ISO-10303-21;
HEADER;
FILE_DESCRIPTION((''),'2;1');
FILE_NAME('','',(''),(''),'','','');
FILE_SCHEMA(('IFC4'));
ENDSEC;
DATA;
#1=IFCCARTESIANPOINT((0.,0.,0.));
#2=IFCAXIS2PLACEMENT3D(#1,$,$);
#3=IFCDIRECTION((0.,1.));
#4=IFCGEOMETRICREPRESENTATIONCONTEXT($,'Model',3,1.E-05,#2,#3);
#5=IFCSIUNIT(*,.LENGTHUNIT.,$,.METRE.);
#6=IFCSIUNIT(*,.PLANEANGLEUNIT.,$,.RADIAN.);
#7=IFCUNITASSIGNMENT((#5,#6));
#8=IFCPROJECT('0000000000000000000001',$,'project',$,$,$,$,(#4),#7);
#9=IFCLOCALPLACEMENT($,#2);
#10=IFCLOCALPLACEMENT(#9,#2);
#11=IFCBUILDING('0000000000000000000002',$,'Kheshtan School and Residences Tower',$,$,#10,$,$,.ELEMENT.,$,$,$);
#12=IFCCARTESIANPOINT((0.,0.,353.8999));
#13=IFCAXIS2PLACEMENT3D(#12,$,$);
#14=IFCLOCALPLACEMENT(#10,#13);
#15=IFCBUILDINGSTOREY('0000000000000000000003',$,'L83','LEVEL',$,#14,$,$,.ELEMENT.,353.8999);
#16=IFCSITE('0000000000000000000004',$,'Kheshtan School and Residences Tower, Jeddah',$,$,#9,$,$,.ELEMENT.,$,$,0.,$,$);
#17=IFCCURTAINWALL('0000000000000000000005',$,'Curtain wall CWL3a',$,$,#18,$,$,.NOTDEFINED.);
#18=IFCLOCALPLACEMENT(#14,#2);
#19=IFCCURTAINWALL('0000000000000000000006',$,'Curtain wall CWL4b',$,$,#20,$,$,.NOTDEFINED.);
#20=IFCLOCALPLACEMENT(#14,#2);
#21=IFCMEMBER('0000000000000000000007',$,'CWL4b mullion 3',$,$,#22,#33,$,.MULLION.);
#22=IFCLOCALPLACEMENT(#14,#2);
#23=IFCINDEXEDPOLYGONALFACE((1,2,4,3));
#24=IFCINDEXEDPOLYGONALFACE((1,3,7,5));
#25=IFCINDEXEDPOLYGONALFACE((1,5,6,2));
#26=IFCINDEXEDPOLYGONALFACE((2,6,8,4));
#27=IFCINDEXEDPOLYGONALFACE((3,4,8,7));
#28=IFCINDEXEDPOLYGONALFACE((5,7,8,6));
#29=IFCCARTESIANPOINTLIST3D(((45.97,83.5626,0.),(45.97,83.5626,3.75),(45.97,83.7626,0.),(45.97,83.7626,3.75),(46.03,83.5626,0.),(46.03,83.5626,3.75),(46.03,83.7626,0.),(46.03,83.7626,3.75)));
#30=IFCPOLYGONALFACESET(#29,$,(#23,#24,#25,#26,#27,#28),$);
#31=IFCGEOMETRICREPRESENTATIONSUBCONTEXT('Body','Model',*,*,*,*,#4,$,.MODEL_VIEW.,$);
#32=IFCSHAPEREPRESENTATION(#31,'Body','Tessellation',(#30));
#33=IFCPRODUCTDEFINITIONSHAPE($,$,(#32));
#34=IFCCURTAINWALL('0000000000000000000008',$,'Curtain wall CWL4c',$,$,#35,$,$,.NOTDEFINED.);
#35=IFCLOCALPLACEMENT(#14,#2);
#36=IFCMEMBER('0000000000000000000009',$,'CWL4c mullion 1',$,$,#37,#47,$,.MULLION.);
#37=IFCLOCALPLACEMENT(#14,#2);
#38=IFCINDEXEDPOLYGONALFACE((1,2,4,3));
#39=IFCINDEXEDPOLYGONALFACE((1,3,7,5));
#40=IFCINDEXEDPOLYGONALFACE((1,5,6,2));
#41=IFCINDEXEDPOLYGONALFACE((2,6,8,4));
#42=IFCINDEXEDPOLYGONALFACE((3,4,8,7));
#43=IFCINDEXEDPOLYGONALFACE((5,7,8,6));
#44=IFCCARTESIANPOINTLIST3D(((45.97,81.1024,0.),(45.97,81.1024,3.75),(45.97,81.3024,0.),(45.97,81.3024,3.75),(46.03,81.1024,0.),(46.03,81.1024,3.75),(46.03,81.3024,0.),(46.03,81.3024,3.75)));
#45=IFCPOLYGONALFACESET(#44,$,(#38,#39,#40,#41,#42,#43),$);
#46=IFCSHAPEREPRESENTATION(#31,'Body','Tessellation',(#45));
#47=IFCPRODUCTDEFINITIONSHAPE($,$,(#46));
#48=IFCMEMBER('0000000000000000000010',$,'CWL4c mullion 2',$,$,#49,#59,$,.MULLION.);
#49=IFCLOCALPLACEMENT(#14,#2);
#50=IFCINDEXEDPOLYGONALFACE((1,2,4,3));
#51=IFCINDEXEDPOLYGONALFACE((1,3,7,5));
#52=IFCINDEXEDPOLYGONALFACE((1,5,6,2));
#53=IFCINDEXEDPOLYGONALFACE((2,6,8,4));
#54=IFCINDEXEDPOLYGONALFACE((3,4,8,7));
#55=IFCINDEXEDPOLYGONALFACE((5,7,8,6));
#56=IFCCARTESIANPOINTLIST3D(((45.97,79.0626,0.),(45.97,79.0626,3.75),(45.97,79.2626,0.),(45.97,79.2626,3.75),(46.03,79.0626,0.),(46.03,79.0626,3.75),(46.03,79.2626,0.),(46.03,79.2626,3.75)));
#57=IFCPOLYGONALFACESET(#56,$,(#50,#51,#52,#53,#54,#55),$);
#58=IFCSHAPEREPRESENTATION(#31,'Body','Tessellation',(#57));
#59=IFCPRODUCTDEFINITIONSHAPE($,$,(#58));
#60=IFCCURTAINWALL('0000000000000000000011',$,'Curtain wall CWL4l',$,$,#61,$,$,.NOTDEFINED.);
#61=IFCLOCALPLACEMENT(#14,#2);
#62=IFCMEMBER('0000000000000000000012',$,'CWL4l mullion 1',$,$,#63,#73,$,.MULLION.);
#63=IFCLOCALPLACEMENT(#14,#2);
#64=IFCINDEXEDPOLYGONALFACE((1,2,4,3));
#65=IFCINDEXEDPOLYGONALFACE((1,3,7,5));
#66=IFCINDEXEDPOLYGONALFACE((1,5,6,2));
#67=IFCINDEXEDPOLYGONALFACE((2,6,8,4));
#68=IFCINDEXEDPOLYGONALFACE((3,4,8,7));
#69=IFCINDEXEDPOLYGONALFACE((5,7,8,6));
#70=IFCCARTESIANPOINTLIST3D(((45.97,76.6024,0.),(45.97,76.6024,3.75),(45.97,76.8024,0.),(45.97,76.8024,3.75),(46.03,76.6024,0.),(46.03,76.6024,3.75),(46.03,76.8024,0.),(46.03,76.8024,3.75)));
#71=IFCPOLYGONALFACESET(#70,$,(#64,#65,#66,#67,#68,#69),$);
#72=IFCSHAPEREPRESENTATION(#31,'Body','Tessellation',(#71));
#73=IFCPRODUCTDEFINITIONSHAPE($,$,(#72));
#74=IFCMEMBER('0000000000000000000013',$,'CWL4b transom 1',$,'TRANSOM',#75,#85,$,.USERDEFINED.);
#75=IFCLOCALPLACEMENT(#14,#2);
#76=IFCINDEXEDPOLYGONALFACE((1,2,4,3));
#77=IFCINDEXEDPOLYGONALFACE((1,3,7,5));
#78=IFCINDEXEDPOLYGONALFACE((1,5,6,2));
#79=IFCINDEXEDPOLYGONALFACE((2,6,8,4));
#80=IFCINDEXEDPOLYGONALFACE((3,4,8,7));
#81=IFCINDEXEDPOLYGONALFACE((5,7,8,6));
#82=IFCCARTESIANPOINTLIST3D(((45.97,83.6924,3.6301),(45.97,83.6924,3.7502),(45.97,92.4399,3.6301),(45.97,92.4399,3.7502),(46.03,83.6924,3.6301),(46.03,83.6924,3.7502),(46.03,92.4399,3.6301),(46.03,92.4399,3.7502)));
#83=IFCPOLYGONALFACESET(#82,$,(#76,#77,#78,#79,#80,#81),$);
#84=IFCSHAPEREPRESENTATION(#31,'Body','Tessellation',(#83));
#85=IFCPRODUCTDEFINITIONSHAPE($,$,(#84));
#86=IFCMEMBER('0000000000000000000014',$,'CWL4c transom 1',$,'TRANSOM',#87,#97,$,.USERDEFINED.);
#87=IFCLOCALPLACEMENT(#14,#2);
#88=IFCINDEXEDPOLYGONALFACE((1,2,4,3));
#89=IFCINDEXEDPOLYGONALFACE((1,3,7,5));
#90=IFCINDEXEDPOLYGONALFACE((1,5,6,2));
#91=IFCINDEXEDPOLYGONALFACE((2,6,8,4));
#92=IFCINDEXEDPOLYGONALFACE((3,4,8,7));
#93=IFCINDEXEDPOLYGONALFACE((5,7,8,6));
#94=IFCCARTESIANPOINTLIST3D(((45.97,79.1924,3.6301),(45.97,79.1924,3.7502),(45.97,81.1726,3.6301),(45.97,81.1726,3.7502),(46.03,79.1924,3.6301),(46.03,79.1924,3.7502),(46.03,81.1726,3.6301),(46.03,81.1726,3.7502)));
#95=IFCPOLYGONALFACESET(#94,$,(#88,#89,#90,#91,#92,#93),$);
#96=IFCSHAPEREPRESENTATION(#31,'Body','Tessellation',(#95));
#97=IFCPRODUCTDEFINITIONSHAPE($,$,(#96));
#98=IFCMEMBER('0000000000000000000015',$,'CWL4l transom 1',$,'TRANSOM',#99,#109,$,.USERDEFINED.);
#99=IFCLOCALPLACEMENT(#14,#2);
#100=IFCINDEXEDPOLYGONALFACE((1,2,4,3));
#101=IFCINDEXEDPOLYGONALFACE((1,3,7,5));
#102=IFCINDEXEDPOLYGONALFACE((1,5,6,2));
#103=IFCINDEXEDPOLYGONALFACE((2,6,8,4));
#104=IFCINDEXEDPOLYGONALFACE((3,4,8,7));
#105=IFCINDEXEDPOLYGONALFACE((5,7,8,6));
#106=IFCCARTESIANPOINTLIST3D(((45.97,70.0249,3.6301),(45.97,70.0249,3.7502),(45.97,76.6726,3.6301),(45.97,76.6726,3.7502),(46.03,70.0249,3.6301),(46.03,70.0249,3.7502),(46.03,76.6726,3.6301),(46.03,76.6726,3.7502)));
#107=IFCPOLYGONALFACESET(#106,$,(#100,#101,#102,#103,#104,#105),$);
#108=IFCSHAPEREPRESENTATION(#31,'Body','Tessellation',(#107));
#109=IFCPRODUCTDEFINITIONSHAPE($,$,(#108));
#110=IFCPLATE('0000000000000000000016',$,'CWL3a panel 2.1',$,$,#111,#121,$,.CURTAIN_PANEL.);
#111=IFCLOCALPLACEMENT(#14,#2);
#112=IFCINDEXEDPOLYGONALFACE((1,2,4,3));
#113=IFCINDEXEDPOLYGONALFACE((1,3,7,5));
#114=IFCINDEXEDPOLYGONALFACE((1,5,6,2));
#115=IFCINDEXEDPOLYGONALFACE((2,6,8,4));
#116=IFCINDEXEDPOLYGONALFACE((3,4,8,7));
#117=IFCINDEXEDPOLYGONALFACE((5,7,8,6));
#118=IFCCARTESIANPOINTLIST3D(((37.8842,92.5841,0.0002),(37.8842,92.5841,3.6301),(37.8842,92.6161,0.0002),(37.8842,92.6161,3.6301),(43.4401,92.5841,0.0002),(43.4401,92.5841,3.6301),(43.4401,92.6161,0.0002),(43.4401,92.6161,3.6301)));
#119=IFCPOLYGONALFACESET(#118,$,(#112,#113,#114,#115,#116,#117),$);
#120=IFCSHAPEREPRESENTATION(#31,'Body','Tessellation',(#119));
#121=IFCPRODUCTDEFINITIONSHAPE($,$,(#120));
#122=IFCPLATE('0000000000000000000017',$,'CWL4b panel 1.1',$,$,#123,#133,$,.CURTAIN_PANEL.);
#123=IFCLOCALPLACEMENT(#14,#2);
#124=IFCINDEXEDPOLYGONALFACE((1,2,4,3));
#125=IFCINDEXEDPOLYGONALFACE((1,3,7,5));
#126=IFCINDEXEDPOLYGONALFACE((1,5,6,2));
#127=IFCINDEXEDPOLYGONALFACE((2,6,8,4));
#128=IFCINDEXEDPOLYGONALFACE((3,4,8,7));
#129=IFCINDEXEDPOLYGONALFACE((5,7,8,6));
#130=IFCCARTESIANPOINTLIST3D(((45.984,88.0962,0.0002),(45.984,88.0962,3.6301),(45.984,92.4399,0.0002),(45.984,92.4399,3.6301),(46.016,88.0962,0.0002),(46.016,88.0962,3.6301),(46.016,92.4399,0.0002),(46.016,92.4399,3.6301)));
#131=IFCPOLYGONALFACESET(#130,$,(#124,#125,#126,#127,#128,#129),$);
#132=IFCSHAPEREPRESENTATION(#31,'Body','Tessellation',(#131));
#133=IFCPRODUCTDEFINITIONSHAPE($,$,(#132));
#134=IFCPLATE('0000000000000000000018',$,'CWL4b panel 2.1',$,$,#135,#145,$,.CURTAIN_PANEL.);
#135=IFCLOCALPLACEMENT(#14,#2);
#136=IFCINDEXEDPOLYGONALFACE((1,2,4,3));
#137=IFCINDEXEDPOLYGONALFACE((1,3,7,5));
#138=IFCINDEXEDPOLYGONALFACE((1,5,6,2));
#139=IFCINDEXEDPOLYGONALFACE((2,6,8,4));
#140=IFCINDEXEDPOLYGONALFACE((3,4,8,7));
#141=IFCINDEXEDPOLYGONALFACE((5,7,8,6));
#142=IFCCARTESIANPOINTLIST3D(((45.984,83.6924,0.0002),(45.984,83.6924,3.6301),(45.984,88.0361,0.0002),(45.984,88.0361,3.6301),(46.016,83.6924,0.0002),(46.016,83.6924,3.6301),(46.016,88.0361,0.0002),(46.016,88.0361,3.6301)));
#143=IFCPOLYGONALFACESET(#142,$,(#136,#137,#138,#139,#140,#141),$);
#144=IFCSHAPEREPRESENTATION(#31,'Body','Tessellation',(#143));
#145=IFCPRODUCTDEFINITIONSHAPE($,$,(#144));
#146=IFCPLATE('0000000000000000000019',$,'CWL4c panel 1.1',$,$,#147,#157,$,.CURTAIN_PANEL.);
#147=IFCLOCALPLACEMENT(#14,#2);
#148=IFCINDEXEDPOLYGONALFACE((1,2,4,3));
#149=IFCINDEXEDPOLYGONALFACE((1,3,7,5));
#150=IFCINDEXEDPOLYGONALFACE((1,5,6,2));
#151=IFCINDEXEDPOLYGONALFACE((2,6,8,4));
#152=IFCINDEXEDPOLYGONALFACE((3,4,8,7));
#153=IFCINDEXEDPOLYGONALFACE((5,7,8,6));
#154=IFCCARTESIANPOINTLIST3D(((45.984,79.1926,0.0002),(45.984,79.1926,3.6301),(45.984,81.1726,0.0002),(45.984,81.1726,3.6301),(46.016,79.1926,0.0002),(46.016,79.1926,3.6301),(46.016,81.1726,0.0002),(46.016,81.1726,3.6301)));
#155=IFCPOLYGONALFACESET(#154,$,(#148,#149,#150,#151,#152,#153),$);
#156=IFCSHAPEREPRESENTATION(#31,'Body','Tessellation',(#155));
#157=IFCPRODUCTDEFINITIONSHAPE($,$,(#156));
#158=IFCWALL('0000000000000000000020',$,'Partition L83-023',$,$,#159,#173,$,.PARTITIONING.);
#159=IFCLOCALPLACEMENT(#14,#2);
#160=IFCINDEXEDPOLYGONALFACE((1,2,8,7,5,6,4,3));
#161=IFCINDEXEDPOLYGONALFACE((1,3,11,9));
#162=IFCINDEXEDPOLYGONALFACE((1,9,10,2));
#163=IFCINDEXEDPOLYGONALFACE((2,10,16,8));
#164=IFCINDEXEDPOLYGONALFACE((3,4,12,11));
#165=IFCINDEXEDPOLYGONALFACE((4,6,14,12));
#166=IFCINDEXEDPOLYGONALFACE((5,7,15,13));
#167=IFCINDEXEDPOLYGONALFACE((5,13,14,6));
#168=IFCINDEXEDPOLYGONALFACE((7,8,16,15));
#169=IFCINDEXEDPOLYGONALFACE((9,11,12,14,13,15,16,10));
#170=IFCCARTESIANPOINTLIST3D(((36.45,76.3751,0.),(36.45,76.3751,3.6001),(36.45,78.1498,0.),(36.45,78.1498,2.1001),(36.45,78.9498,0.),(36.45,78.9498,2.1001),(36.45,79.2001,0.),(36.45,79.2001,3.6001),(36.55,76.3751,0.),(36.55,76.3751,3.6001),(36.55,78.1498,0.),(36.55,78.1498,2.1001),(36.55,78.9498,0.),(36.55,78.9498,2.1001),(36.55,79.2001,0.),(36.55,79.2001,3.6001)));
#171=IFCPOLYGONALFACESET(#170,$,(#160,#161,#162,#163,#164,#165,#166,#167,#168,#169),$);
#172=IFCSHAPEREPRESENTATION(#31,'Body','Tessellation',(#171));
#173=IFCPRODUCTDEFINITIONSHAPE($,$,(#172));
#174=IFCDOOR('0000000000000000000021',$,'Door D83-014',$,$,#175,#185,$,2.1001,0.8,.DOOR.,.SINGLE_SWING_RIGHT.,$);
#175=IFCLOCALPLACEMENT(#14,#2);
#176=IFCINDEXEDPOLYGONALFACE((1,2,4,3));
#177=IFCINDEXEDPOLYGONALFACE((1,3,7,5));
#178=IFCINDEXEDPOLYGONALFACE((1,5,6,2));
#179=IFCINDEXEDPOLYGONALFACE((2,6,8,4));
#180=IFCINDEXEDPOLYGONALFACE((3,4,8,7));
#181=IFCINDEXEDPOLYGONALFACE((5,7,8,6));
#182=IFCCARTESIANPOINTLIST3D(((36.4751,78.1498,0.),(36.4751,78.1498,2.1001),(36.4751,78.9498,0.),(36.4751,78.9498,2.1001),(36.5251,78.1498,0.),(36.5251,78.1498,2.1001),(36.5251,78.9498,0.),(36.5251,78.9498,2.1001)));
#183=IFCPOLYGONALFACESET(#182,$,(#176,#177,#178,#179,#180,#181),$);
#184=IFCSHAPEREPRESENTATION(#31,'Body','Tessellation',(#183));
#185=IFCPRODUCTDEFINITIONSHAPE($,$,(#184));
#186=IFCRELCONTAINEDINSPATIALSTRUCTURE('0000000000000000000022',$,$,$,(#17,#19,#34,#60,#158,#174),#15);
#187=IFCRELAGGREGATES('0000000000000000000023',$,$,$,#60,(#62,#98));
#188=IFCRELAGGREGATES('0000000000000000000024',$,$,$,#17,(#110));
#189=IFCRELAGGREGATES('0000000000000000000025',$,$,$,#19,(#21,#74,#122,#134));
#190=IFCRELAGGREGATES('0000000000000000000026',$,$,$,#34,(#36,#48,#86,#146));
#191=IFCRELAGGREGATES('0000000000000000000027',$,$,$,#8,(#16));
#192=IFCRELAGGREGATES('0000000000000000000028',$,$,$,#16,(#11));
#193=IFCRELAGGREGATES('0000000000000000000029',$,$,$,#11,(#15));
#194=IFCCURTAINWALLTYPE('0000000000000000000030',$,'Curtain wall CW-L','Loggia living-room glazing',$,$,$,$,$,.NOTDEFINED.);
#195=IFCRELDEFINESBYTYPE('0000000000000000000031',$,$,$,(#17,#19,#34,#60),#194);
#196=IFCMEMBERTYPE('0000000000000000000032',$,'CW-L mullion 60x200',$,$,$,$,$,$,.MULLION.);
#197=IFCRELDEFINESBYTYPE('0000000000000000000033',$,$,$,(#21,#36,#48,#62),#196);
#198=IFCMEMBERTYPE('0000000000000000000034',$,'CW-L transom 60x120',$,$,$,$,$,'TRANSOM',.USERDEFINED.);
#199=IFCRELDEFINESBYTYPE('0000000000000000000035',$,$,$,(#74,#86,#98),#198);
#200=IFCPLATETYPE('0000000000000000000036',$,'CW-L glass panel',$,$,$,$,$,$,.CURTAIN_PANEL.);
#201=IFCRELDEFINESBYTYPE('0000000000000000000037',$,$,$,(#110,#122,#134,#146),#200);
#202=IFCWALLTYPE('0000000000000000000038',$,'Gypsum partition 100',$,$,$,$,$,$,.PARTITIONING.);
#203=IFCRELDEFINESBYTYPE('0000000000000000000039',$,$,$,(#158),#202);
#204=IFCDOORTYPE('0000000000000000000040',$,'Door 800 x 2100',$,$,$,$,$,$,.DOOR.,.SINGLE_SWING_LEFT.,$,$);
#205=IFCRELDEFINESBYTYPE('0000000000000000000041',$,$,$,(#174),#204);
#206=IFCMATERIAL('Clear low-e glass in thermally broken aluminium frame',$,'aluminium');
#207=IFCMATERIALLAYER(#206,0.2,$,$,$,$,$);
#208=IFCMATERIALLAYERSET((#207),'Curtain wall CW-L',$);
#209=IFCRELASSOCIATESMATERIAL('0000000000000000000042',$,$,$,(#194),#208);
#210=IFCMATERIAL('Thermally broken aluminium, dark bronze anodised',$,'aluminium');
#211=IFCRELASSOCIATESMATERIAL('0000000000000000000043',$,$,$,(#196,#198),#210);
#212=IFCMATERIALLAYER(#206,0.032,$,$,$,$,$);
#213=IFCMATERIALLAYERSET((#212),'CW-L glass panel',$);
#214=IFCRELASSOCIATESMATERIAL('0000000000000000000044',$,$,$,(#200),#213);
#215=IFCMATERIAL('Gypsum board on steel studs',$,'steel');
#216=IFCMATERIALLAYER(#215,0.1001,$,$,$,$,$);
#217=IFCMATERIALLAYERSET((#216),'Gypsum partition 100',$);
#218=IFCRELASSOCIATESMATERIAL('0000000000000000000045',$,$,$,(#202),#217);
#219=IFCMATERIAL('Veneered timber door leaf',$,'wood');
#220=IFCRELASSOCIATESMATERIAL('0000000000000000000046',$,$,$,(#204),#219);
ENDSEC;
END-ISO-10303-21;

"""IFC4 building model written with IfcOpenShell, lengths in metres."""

from ifc_helpers import new_model, si_unit, direction, frame, frame_2d, origin, origin_2d, place, context, subcontext, project, spatial, rectangle, extrude, source, transform, mapped, material, layer, layer_set, material_profile, profile_set, type_object, element, fill, aggregate, save


model = new_model("IFC4")

# Units and contexts
model_context = context("Model", 3, precision=1e-05, world=origin(), true_north=direction((0.0, 1.0)))
body_context = subcontext(model_context, "Body", "Model", "MODEL_VIEW")
ifc_project = project(units=[si_unit("LENGTHUNIT", "METRE"), si_unit("PLANEANGLEUNIT", "RADIAN")], contexts=[model_context])

# Site, building, storey
site_placement = place(None, origin())
site = spatial("IfcSite", under=ifc_project, at=site_placement, Name="Kheshtan School and Residences Tower, Jeddah", CompositionType="ELEMENT", RefElevation=0.0)
building_placement = place(site_placement, origin())
building = spatial("IfcBuilding", under=site, at=building_placement, Name="Kheshtan School and Residences Tower", CompositionType="ELEMENT")
storey_placement = place(building_placement, frame((0.0, 0.0, 353.8999)))
storey = spatial("IfcBuildingStorey", under=building, at=storey_placement, Name="L83", Description="LEVEL", CompositionType="ELEMENT", Elevation=353.8999)

# Curtain walls, members
ifc_material_1 = material(Name="Clear low-e glass in thermally broken aluminium frame", Category="aluminium")
ifc_layer_1 = layer(ifc_material_1, 0.2)
ifc_layer_set_1 = layer_set([ifc_layer_1], Name="Curtain wall CW-L")
curtain_wall_type = type_object("IfcCurtainWallType", Name="Curtain wall CW-L", Description="Loggia living-room glazing", PredefinedType="NOTDEFINED", material=ifc_layer_set_1)
curtain_wall_1_placement = place(storey_placement, origin())
curtain_wall_1 = element("IfcCurtainWall", 1, at=curtain_wall_1_placement, inside=storey, type_object=curtain_wall_type, Name="Curtain wall CWL3a", PredefinedType="NOTDEFINED")
ifc_material_2 = material(Name="Thermally broken aluminium, dark bronze anodised", Category="aluminium")
ifc_material_profile_1 = material_profile(ifc_material_2, rectangle(XDim=0.0601, YDim=0.2, at=origin_2d()), Name="CW-L mullion 60x200")
ifc_profile_set_1 = profile_set([ifc_material_profile_1], Name="Thermally broken aluminium, dark bronze anodised")
member_type_1 = type_object("IfcMemberType", Name="CW-L mullion 60x200", PredefinedType="MULLION", material=ifc_profile_set_1)
curtain_wall_2_placement = place(storey_placement, origin())
curtain_wall_2 = element("IfcCurtainWall", 2, at=curtain_wall_2_placement, inside=storey, type_object=curtain_wall_type, Name="Curtain wall CWL4b", PredefinedType="NOTDEFINED")
member_1_placement = place(storey_placement, frame((46.0, 83.6626, 0.0), z_axis=(0.0, 0.0, 1.0), x_axis=(1.0, 0.0, 0.0)))
member_1 = element("IfcMember", 3, at=member_1_placement, type_object=member_type_1, Name="CWL4b mullion 3", PredefinedType="MULLION", context=body_context, shape_type="SweptSolid", body=[
    extrude(rectangle(XDim=0.0601, YDim=0.2, at=origin_2d()), origin(), (0.0, 0.0, 1.0), 3.75),
])
curtain_wall_3_placement = place(storey_placement, origin())
curtain_wall_3 = element("IfcCurtainWall", 4, at=curtain_wall_3_placement, inside=storey, type_object=curtain_wall_type, Name="Curtain wall CWL4c", PredefinedType="NOTDEFINED")
member_2_placement = place(storey_placement, frame((46.0, 81.2024, 0.0), z_axis=(0.0, 0.0, 1.0), x_axis=(1.0, 0.0, 0.0)))
member_2 = element("IfcMember", 5, at=member_2_placement, type_object=member_type_1, Name="CWL4c mullion 1", PredefinedType="MULLION", context=body_context, shape_type="SweptSolid", body=[
    extrude(rectangle(XDim=0.0601, YDim=0.2, at=origin_2d()), origin(), (0.0, 0.0, 1.0), 3.75),
])
member_3_placement = place(storey_placement, frame((46.0, 79.1626, 0.0), z_axis=(0.0, 0.0, 1.0), x_axis=(1.0, 0.0, 0.0)))
member_3 = element("IfcMember", 6, at=member_3_placement, type_object=member_type_1, Name="CWL4c mullion 2", PredefinedType="MULLION", context=body_context, shape_type="SweptSolid", body=[
    extrude(rectangle(XDim=0.0601, YDim=0.2, at=origin_2d()), origin(), (0.0, 0.0, 1.0), 3.75),
])

# Curtain wall, member
curtain_wall_4_placement = place(storey_placement, origin())
curtain_wall_4 = element("IfcCurtainWall", 7, at=curtain_wall_4_placement, inside=storey, type_object=curtain_wall_type, Name="Curtain wall CWL4l", PredefinedType="NOTDEFINED")
member_4_placement = place(storey_placement, frame((46.0, 76.7024, 0.0), z_axis=(0.0, 0.0, 1.0), x_axis=(1.0, 0.0, 0.0)))
member_4 = element("IfcMember", 8, at=member_4_placement, type_object=member_type_1, Name="CWL4l mullion 1", PredefinedType="MULLION", context=body_context, shape_type="SweptSolid", body=[
    extrude(rectangle(XDim=0.0601, YDim=0.2, at=origin_2d()), origin(), (0.0, 0.0, 1.0), 3.75),
])

# Members
ifc_material_profile_2 = material_profile(ifc_material_2, rectangle(XDim=0.0601, YDim=0.1201, at=origin_2d()), Name="CW-L transom 60x120")
ifc_profile_set_2 = profile_set([ifc_material_profile_2], Name="Thermally broken aluminium, dark bronze anodised")
member_type_2 = type_object("IfcMemberType", Name="CW-L transom 60x120", ElementType="TRANSOM", PredefinedType="USERDEFINED", material=ifc_profile_set_2)
member_5_placement = place(storey_placement, frame((46.0, 92.4399, 3.6902), z_axis=(0.0, -1.0, 0.0), x_axis=(1.0, 0.0, 0.0)))
member_5 = element("IfcMember", 9, at=member_5_placement, type_object=member_type_2, Name="CWL4b transom 1", ObjectType="TRANSOM", PredefinedType="USERDEFINED", context=body_context, shape_type="SweptSolid", body=[
    extrude(rectangle(XDim=0.0601, YDim=0.1201, at=origin_2d()), origin(), (0.0, 0.0, 1.0), 8.7476),
])
member_6_placement = place(storey_placement, frame((46.0, 81.1726, 3.6902), z_axis=(0.0, -1.0, 0.0), x_axis=(1.0, 0.0, 0.0)))
member_6 = element("IfcMember", 10, at=member_6_placement, type_object=member_type_2, Name="CWL4c transom 1", ObjectType="TRANSOM", PredefinedType="USERDEFINED", context=body_context, shape_type="SweptSolid", body=[
    extrude(rectangle(XDim=0.0601, YDim=0.1201, at=origin_2d()), origin(), (0.0, 0.0, 1.0), 1.9802),
])
member_7_placement = place(storey_placement, frame((46.0, 76.6726, 3.6902), z_axis=(0.0, -1.0, 0.0), x_axis=(1.0, 0.0, 0.0)))
member_7 = element("IfcMember", 11, at=member_7_placement, type_object=member_type_2, Name="CWL4l transom 1", ObjectType="TRANSOM", PredefinedType="USERDEFINED", context=body_context, shape_type="SweptSolid", body=[
    extrude(rectangle(XDim=0.0601, YDim=0.1201, at=origin_2d()), origin(), (0.0, 0.0, 1.0), 6.6477),
])
aggregate(curtain_wall_4, [member_4, member_7])

# Plates
ifc_layer_2 = layer(ifc_material_1, 0.032)
ifc_layer_set_2 = layer_set([ifc_layer_2], Name="CW-L glass panel")
plate_type = type_object("IfcPlateType", Name="CW-L glass panel", PredefinedType="CURTAIN_PANEL", material=ifc_layer_set_2)
plate_1_placement = place(storey_placement, frame((40.6621, 92.6001, 0.0002), z_axis=(0.0, 0.0, 1.0), x_axis=(1.0, 0.0, 0.0)))
plate_1 = element("IfcPlate", 12, at=plate_1_placement, type_object=plate_type, Name="CWL3a panel 2.1", PredefinedType="CURTAIN_PANEL", context=body_context, shape_type="SweptSolid", body=[
    extrude(rectangle(XDim=5.5559, YDim=0.032, at=origin_2d()), origin(), (0.0, 0.0, 1.0), 3.6299),
])
aggregate(curtain_wall_1, [plate_1])
plate_2_placement = place(storey_placement, frame((46.0, 90.2681, 0.0002), z_axis=(0.0, 0.0, 1.0), x_axis=(0.0, -1.0, 0.0)))
plate_2 = element("IfcPlate", 13, at=plate_2_placement, type_object=plate_type, Name="CWL4b panel 1.1", PredefinedType="CURTAIN_PANEL", context=body_context, shape_type="SweptSolid", body=[
    extrude(rectangle(XDim=4.3438, YDim=0.032, at=origin_2d()), origin(), (0.0, 0.0, 1.0), 3.6299),
])
plate_3_placement = place(storey_placement, frame((46.0, 85.8643, 0.0002), z_axis=(0.0, 0.0, 1.0), x_axis=(0.0, -1.0, 0.0)))
plate_3 = element("IfcPlate", 14, at=plate_3_placement, type_object=plate_type, Name="CWL4b panel 2.1", PredefinedType="CURTAIN_PANEL", context=body_context, shape_type="SweptSolid", body=[
    extrude(rectangle(XDim=4.3438, YDim=0.032, at=origin_2d()), origin(), (0.0, 0.0, 1.0), 3.6299),
])
aggregate(curtain_wall_2, [member_1, member_5, plate_2, plate_3])
plate_4_placement = place(storey_placement, frame((46.0, 80.1826, 0.0002), z_axis=(0.0, 0.0, 1.0), x_axis=(0.0, -1.0, 0.0)))
plate_4 = element("IfcPlate", 15, at=plate_4_placement, type_object=plate_type, Name="CWL4c panel 1.1", PredefinedType="CURTAIN_PANEL", context=body_context, shape_type="SweptSolid", body=[
    extrude(rectangle(XDim=1.98, YDim=0.032, at=origin_2d()), origin(), (0.0, 0.0, 1.0), 3.6299),
])
aggregate(curtain_wall_3, [member_2, member_3, member_6, plate_4])

# Wall, opening, door
ifc_material_3 = material(Name="Gypsum board on steel studs", Category="steel")
ifc_layer_3 = layer(ifc_material_3, 0.1001)
ifc_layer_set_3 = layer_set([ifc_layer_3], Name="Gypsum partition 100")
wall_type_1 = type_object("IfcWallType", Name="Gypsum partition 100", PredefinedType="PARTITIONING", material=ifc_layer_set_3)
wall_1_placement = place(storey_placement, frame((36.5, 76.375, 0.0), z_axis=(0.0, 0.0, 1.0), x_axis=(0.0, 1.0, 0.0)))
wall_1 = element("IfcWall", 16, at=wall_1_placement, inside=storey, type_object=wall_type_1, Name="Partition L83-023", PredefinedType="PARTITIONING", context=body_context, shape_type="SweptSolid", body=[
    extrude(rectangle(XDim=2.825, YDim=0.1001, at=frame_2d((1.4126, 0.0))), origin(), (0.0, 0.0, 1.0), 3.6001),
])
opening_1_placement = place(wall_1_placement, frame((1.7749, 0.0, 0.0)))
opening_1 = element("IfcOpeningElement", 17, at=opening_1_placement, cuts=wall_1, PredefinedType="OPENING", context=body_context, shape_type="SweptSolid", body=[
    extrude(rectangle(XDim=0.8, YDim=2.1001, at=frame_2d((0.3999, 1.05))), frame((0.0, 0.0601, 0.0), z_axis=(0.0, -1.0, 0.0), x_axis=(1.0, 0.0, 0.0)), (0.0, 0.0, 1.0), 0.1201),
])
ifc_material_4 = material(Name="Veneered timber door leaf", Category="wood")
door_type_1 = type_object("IfcDoorType", Name="Door 800 x 2100", OperationType="SINGLE_SWING_LEFT", PredefinedType="DOOR", material=ifc_material_4)
shared_shape_1 = source(origin(), body_context, "Body", "SweptSolid", [
    extrude(rectangle(XDim=0.8, YDim=2.1001, at=frame_2d((0.3999, 1.05))), frame((0.0, 0.0249, 0.0), z_axis=(0.0, -1.0, 0.0), x_axis=(1.0, 0.0, 0.0)), (0.0, 0.0, 1.0), 0.05),
])
door_1_placement = place(opening_1_placement, origin())
door_1 = element("IfcDoor", 18, at=door_1_placement, inside=storey, type_object=door_type_1, Name="Door D83-014", OperationType="SINGLE_SWING_RIGHT", OverallHeight=2.1001, OverallWidth=0.8, PredefinedType="DOOR", context=body_context, shape_type="MappedRepresentation", body=[
    mapped(shared_shape_1, transform((0.0, 0.0, 0.0), x_axis=(1.0, 0.0, 0.0), y_axis=(0.0, 1.0, 0.0), z_axis=(0.0, 0.0, 1.0), scale=1.0)),
])
fill(opening_1, door_1)

save(model, "model.ifc")
